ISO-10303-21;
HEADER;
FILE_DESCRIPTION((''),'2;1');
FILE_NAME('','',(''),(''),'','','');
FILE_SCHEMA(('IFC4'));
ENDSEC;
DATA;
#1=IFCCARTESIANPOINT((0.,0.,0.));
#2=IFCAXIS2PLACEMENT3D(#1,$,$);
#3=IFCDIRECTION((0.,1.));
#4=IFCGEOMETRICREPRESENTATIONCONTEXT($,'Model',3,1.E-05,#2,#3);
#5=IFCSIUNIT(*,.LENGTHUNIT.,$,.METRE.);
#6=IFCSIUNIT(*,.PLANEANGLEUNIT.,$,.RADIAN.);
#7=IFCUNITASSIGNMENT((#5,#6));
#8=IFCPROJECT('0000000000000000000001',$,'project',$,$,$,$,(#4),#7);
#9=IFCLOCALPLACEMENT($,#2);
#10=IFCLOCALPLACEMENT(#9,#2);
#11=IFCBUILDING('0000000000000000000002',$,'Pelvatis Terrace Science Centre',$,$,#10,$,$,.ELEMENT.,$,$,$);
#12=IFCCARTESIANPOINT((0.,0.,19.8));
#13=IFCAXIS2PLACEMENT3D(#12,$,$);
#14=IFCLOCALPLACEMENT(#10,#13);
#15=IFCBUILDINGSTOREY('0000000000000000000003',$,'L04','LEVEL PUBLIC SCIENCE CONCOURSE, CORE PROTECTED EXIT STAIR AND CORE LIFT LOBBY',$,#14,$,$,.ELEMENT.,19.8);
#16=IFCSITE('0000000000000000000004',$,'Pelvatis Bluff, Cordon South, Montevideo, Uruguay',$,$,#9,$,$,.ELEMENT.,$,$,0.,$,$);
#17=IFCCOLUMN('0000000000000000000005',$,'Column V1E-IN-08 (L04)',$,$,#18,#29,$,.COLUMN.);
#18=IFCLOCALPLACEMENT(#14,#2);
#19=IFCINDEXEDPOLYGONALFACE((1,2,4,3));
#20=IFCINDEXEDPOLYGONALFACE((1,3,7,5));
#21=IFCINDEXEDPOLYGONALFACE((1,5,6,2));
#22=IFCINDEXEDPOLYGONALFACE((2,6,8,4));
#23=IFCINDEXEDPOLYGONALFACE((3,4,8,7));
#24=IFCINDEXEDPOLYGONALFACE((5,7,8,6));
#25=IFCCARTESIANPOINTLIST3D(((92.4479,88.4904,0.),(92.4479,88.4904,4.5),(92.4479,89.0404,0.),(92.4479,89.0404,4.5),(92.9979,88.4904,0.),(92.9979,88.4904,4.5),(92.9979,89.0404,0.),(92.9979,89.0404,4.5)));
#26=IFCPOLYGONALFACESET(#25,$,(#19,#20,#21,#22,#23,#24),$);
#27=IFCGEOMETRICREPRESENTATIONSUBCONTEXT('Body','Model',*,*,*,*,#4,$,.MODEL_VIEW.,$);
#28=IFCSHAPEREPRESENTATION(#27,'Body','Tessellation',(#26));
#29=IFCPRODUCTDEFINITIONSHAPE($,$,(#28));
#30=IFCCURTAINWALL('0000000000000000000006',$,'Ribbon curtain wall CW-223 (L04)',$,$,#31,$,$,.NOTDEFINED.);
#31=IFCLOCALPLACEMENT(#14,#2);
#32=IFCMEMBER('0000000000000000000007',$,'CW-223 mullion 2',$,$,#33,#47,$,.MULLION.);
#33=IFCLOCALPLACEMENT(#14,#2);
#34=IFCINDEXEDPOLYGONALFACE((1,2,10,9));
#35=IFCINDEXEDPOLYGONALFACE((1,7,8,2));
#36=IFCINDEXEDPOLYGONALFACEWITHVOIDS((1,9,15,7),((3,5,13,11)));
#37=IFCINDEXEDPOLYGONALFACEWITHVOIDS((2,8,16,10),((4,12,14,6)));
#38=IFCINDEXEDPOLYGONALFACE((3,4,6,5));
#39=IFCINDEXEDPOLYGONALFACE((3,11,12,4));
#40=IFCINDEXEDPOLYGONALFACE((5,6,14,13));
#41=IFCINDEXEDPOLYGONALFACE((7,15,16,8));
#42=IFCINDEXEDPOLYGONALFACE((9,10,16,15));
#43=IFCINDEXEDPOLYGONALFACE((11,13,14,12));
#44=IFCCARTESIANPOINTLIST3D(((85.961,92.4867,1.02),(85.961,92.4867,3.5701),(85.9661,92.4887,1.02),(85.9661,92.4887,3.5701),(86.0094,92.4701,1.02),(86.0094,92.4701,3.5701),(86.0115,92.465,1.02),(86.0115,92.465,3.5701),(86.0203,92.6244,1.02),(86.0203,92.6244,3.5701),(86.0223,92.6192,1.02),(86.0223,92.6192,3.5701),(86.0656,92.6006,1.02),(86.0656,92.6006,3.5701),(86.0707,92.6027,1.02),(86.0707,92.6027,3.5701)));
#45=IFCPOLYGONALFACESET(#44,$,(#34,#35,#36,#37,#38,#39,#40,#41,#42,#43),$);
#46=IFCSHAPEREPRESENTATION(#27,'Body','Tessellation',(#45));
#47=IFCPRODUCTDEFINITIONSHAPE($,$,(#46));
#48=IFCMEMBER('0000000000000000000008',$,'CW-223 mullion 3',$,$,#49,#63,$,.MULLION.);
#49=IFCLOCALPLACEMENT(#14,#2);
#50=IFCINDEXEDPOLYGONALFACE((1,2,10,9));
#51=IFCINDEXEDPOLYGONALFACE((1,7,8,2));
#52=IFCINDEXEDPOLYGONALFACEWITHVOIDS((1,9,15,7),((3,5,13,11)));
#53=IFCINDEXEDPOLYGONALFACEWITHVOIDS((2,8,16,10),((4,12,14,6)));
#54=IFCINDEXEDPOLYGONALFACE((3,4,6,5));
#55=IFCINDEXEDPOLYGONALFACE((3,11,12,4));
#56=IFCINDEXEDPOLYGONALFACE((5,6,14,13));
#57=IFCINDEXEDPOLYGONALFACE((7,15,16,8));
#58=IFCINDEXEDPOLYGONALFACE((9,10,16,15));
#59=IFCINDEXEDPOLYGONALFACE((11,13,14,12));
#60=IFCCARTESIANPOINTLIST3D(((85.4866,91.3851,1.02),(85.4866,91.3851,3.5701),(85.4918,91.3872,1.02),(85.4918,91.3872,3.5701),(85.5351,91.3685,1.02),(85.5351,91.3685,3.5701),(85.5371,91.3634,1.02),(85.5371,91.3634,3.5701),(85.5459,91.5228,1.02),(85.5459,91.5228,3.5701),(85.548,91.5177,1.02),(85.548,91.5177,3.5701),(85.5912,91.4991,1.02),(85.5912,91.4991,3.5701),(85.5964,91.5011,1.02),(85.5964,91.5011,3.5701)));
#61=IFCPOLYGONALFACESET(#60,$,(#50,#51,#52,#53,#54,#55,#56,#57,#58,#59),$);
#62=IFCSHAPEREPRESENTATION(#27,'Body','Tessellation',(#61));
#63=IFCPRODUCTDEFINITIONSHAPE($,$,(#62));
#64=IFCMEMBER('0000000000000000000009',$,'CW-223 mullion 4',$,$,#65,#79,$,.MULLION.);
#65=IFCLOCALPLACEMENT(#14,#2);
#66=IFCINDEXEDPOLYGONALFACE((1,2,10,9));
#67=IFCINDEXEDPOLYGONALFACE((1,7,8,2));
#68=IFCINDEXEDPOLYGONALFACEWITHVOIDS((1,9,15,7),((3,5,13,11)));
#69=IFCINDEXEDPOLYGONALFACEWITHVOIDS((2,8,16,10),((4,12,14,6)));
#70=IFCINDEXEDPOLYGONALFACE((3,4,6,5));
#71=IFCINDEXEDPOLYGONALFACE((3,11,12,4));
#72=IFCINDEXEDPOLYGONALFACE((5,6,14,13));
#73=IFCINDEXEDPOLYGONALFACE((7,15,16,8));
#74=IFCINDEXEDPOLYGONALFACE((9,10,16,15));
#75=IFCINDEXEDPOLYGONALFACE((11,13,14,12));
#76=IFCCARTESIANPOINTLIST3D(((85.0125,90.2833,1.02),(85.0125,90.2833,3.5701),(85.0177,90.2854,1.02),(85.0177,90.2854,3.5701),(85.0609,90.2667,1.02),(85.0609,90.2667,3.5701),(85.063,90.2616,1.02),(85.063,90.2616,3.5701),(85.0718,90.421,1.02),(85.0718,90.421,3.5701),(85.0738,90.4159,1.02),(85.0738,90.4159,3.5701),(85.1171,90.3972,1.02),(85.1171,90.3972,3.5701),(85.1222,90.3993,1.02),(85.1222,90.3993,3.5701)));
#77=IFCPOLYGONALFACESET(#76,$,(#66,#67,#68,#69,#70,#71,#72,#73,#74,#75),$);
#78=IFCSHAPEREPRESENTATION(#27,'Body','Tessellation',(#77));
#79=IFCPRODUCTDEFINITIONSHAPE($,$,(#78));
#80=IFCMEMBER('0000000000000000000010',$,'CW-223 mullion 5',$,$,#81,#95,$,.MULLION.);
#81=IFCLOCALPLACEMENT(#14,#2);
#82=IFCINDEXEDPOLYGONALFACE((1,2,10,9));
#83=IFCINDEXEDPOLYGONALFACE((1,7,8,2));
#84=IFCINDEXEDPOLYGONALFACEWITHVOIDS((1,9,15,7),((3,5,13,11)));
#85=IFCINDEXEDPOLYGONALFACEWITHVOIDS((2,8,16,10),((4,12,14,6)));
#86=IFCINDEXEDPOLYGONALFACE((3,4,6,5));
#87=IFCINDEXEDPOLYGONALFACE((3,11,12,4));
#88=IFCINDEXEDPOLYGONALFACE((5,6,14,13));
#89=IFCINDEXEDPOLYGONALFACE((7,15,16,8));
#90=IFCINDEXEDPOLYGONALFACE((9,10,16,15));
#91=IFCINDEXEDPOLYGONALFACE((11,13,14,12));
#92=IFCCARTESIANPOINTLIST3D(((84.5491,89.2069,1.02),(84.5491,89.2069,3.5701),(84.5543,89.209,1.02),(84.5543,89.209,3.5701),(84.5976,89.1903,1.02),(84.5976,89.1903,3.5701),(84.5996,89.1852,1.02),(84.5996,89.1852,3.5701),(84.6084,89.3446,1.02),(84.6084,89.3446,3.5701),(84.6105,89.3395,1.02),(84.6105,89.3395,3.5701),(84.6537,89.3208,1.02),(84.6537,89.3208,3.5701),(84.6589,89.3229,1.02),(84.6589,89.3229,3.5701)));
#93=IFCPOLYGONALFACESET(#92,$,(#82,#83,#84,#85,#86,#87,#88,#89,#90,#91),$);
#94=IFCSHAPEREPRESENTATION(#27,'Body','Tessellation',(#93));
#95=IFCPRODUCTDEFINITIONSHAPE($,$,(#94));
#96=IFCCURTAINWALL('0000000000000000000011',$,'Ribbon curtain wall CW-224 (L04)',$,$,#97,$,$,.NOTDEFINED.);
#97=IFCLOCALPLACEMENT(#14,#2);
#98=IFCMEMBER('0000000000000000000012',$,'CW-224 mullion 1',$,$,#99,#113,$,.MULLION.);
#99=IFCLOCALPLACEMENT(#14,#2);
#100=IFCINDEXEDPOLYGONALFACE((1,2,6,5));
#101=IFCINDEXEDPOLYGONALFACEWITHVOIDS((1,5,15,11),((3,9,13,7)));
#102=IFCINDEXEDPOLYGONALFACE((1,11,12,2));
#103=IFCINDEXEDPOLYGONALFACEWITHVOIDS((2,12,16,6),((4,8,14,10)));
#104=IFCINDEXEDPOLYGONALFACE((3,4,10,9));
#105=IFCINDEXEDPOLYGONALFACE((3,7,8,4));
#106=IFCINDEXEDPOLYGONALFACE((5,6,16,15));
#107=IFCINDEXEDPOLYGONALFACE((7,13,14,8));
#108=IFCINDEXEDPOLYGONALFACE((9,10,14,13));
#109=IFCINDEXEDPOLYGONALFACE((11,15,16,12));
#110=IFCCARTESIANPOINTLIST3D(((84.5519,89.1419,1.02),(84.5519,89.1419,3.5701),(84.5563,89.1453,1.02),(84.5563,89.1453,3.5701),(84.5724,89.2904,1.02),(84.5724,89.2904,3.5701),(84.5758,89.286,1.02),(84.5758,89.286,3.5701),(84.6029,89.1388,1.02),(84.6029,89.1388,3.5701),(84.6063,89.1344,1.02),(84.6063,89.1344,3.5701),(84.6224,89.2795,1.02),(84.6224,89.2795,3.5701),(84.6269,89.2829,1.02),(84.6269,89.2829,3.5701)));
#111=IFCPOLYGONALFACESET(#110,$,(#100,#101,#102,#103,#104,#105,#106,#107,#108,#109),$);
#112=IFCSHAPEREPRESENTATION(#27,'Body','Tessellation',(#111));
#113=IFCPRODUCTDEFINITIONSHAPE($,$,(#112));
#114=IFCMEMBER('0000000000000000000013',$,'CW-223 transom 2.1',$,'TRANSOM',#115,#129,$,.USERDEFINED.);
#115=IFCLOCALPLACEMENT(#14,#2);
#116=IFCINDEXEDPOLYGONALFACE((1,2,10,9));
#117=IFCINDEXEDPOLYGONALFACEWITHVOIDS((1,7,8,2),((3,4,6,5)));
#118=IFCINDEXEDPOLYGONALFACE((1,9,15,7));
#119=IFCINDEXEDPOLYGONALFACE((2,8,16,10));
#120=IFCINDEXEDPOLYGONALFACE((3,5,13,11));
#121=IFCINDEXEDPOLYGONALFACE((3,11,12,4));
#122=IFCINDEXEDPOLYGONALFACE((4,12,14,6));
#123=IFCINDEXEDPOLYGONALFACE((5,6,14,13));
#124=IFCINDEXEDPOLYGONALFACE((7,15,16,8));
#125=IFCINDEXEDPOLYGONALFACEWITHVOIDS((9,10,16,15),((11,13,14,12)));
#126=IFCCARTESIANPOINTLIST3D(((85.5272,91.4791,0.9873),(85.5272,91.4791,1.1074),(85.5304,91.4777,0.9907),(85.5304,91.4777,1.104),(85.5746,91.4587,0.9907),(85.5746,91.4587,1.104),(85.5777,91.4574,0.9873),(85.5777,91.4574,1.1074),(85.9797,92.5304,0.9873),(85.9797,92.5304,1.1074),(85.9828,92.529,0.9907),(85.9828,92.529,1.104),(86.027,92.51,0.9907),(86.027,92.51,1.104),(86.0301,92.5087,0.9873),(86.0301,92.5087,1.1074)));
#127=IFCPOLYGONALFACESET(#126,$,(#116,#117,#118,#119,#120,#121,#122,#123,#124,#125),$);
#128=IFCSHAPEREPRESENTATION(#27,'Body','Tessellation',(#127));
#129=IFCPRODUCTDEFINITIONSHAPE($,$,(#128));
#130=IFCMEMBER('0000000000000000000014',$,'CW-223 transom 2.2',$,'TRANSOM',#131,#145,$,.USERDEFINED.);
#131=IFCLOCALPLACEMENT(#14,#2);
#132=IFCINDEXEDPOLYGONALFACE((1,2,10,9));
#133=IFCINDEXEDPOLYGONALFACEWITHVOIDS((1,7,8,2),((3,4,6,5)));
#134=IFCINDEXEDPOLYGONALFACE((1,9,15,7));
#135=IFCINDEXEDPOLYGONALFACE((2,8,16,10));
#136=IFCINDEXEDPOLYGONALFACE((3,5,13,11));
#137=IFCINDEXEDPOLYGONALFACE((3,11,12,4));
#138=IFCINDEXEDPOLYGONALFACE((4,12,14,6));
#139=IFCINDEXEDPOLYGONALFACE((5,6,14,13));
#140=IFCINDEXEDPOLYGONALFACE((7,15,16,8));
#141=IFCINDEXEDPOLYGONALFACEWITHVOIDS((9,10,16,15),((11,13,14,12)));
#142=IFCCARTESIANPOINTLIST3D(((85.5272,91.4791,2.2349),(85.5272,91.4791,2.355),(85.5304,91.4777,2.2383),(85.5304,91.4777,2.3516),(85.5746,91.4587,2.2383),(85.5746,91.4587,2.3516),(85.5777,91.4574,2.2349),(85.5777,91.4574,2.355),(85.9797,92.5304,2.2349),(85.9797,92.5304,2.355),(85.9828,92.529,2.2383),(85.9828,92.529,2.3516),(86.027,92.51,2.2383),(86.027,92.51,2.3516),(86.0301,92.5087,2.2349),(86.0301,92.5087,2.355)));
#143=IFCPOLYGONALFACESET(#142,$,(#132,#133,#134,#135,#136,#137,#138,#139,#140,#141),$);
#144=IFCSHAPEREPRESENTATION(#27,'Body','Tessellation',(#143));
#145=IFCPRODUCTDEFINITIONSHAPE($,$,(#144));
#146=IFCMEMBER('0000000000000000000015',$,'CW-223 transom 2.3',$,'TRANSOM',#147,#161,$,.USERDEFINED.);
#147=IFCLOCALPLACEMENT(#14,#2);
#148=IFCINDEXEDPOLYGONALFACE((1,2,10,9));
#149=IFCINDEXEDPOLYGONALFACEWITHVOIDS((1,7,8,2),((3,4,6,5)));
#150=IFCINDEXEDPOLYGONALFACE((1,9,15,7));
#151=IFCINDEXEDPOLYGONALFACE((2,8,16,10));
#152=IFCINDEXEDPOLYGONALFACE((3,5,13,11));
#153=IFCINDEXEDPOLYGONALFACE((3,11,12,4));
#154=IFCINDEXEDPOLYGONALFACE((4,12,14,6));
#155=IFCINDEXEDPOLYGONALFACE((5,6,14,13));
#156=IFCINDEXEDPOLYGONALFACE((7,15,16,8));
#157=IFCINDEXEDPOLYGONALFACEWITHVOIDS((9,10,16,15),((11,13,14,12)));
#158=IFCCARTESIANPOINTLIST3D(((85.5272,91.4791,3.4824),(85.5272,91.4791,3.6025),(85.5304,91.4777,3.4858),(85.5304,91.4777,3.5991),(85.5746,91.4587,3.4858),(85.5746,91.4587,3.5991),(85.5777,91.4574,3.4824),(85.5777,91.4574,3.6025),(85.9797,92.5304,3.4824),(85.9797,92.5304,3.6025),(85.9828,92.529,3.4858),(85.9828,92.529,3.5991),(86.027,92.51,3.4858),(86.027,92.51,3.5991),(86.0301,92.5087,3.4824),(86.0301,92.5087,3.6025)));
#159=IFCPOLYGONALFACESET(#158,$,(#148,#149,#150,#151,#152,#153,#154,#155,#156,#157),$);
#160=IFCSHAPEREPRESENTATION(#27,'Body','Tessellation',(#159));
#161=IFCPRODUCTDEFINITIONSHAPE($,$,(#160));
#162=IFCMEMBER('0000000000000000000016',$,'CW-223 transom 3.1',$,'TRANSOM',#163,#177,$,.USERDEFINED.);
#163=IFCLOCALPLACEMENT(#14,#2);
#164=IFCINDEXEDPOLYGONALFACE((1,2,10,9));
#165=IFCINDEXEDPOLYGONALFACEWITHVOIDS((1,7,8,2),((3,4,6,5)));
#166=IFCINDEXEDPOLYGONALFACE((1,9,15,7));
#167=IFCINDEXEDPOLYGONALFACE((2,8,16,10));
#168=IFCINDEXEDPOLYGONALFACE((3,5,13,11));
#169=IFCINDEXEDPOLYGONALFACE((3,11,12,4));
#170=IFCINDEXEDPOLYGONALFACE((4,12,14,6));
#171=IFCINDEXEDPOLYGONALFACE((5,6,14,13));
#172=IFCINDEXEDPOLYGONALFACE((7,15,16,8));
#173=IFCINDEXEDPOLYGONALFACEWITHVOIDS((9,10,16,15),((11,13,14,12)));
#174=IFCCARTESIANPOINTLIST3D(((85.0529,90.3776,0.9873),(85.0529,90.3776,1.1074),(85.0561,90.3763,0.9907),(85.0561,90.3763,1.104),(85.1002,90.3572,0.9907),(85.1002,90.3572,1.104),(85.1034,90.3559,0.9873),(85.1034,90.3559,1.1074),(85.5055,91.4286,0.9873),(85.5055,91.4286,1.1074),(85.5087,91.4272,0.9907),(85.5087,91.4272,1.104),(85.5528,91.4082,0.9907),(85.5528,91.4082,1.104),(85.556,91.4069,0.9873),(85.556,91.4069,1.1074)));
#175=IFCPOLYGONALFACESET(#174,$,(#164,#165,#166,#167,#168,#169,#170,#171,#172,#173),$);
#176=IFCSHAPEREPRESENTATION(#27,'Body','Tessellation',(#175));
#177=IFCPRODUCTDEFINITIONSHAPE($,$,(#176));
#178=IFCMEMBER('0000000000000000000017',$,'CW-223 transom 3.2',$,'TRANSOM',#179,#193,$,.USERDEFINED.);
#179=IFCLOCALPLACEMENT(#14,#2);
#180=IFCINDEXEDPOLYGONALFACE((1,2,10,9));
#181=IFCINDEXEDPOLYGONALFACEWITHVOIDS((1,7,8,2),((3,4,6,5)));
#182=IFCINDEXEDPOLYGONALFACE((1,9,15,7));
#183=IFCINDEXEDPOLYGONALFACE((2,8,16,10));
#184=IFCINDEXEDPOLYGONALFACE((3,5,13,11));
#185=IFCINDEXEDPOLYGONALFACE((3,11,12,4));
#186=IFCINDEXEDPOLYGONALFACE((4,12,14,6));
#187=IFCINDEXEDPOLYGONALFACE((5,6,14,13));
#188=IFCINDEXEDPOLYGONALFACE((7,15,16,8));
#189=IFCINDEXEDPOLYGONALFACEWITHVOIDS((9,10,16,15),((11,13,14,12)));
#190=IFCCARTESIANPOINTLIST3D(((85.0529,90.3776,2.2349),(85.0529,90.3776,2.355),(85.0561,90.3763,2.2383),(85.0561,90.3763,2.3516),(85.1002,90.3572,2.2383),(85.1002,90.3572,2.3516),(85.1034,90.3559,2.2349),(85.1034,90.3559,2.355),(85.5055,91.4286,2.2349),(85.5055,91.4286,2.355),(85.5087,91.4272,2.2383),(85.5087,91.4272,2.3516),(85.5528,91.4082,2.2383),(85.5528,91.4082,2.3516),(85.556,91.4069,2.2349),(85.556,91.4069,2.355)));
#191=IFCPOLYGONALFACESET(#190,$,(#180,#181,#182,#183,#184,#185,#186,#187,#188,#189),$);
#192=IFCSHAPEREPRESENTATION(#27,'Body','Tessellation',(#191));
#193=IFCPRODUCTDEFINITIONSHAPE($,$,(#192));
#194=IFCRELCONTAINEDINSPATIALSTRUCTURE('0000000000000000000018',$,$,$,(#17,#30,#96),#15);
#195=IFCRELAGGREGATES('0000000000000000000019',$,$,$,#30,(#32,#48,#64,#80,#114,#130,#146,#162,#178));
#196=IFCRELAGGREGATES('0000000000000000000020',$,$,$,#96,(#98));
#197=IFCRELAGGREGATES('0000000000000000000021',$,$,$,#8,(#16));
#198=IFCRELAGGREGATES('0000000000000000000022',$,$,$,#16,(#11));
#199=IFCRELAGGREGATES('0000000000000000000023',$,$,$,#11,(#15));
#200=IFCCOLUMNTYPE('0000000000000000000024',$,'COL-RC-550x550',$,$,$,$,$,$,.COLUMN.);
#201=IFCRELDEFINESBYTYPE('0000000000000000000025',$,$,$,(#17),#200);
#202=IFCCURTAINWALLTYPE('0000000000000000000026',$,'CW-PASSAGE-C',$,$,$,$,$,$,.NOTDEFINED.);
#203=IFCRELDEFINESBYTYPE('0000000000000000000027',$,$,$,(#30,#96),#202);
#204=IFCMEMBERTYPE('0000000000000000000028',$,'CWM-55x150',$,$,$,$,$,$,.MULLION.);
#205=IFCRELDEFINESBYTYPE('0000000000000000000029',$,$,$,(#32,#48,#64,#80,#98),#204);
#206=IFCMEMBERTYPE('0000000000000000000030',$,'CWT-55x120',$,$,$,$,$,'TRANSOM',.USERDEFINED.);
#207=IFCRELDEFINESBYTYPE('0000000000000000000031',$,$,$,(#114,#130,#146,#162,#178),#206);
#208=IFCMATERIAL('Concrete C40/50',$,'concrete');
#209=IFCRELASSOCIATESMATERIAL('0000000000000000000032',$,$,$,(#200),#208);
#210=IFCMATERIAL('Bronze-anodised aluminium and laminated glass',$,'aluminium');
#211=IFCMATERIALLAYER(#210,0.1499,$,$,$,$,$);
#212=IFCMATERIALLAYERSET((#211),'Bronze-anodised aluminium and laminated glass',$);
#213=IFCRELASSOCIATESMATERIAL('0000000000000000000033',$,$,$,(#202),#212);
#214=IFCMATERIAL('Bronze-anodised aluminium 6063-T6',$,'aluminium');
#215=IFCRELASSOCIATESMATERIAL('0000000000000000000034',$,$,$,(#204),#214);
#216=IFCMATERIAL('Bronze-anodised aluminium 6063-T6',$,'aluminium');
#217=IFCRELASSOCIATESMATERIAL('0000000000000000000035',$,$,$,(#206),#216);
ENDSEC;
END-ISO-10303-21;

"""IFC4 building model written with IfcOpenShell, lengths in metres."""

from ifc_helpers import new_model, si_unit, direction, frame, origin, origin_2d, place, context, subcontext, project, spatial, rectangle, hollow_rectangle, extrude, material, layer, layer_set, material_profile, profile_set, type_object, element, aggregate, save


model = new_model("IFC4")

# Units and contexts
model_context = context("Model", 3, precision=1e-05, world=origin(), true_north=direction((0.0, 1.0)))
body_context = subcontext(model_context, "Body", "Model", "MODEL_VIEW")
ifc_project = project(units=[si_unit("LENGTHUNIT", "METRE"), si_unit("PLANEANGLEUNIT", "RADIAN")], contexts=[model_context])

# Site, building, storey
site_placement = place(None, origin())
site = spatial("IfcSite", under=ifc_project, at=site_placement, Name="Pelvatis Bluff, Cordon South, Montevideo, Uruguay", CompositionType="ELEMENT", RefElevation=0.0)
building_placement = place(site_placement, origin())
building = spatial("IfcBuilding", under=site, at=building_placement, Name="Pelvatis Terrace Science Centre", CompositionType="ELEMENT")
storey_placement = place(building_placement, frame((0.0, 0.0, 19.8)))
storey = spatial("IfcBuildingStorey", under=building, at=storey_placement, Name="L04", Description="LEVEL PUBLIC SCIENCE CONCOURSE, CORE PROTECTED EXIT STAIR AND CORE LIFT LOBBY", CompositionType="ELEMENT", Elevation=19.8)

# Column
ifc_material_1 = material(Name="Concrete C40/50", Category="concrete")
ifc_material_profile_1 = material_profile(ifc_material_1, rectangle(XDim=0.55, YDim=0.55, at=origin_2d()), Name="RC-COL 550x550")
ifc_profile_set_1 = profile_set([ifc_material_profile_1], Name="Concrete C40/50")
column_type = type_object("IfcColumnType", Name="COL-RC-550x550", PredefinedType="COLUMN", material=ifc_profile_set_1)
column_placement = place(storey_placement, frame((92.7229, 88.7654, 0.0), z_axis=(0.0, 0.0, 1.0), x_axis=(1.0, 0.0, 0.0)))
element("IfcColumn", 1, at=column_placement, inside=storey, type_object=column_type, Name="Column V1E-IN-08 (L04)", PredefinedType="COLUMN", context=body_context, shape_type="SweptSolid", body=[
    extrude(rectangle(XDim=0.55, YDim=0.55, at=origin_2d()), origin(), (0.0, 0.0, 1.0), 4.5),
])

# Curtain wall, members
ifc_material_2 = material(Name="Bronze-anodised aluminium and laminated glass", Category="aluminium")
ifc_layer_1 = layer(ifc_material_2, 0.1499)
ifc_layer_set_1 = layer_set([ifc_layer_1], Name="Bronze-anodised aluminium and laminated glass")
curtain_wall_type = type_object("IfcCurtainWallType", Name="CW-PASSAGE-C", PredefinedType="NOTDEFINED", material=ifc_layer_set_1)
curtain_wall_1_placement = place(storey_placement, origin())
curtain_wall_1 = element("IfcCurtainWall", 2, at=curtain_wall_1_placement, inside=storey, type_object=curtain_wall_type, Name="Ribbon curtain wall CW-223 (L04)", PredefinedType="NOTDEFINED")
ifc_material_3 = material(Name="Bronze-anodised aluminium 6063-T6", Category="aluminium")
ifc_material_profile_2 = material_profile(ifc_material_3, hollow_rectangle(XDim=0.0549, YDim=0.1499, WallThickness=0.0039, at=origin_2d()), Name="ALU-MUL 55x150")
ifc_profile_set_2 = profile_set([ifc_material_profile_2], Name="Bronze-anodised aluminium 6063-T6")
member_type_1 = type_object("IfcMemberType", Name="CWM-55x150", PredefinedType="MULLION", material=ifc_profile_set_2)
member_1_placement = place(storey_placement, frame((86.0159, 92.5447, 1.02), z_axis=(0.0, 0.0, 1.0), x_axis=(0.918515, -0.395385, 0.0)))
member_1 = element("IfcMember", 3, at=member_1_placement, type_object=member_type_1, Name="CW-223 mullion 2", PredefinedType="MULLION", context=body_context, shape_type="SweptSolid", body=[
    extrude(hollow_rectangle(XDim=0.0549, YDim=0.1499, WallThickness=0.0039, at=origin_2d()), origin(), (0.0, 0.0, 1.0), 2.55),
])
member_2_placement = place(storey_placement, frame((85.5415, 91.4431, 1.02), z_axis=(0.0, 0.0, 1.0), x_axis=(0.918515, -0.395385, 0.0)))
member_2 = element("IfcMember", 4, at=member_2_placement, type_object=member_type_1, Name="CW-223 mullion 3", PredefinedType="MULLION", context=body_context, shape_type="SweptSolid", body=[
    extrude(hollow_rectangle(XDim=0.0549, YDim=0.1499, WallThickness=0.0039, at=origin_2d()), origin(), (0.0, 0.0, 1.0), 2.55),
])
member_3_placement = place(storey_placement, frame((85.0674, 90.3413, 1.02), z_axis=(0.0, 0.0, 1.0), x_axis=(0.918515, -0.395385, 0.0)))
member_3 = element("IfcMember", 5, at=member_3_placement, type_object=member_type_1, Name="CW-223 mullion 4", PredefinedType="MULLION", context=body_context, shape_type="SweptSolid", body=[
    extrude(hollow_rectangle(XDim=0.0549, YDim=0.1499, WallThickness=0.0039, at=origin_2d()), origin(), (0.0, 0.0, 1.0), 2.55),
])
member_4_placement = place(storey_placement, frame((84.604, 89.2649, 1.02), z_axis=(0.0, 0.0, 1.0), x_axis=(0.918515, -0.395385, 0.0)))
member_4 = element("IfcMember", 6, at=member_4_placement, type_object=member_type_1, Name="CW-223 mullion 5", PredefinedType="MULLION", context=body_context, shape_type="SweptSolid", body=[
    extrude(hollow_rectangle(XDim=0.0549, YDim=0.1499, WallThickness=0.0039, at=origin_2d()), origin(), (0.0, 0.0, 1.0), 2.55),
])

# Curtain wall, member
curtain_wall_2_placement = place(storey_placement, origin())
curtain_wall_2 = element("IfcCurtainWall", 7, at=curtain_wall_2_placement, inside=storey, type_object=curtain_wall_type, Name="Ribbon curtain wall CW-224 (L04)", PredefinedType="NOTDEFINED")
member_5_placement = place(storey_placement, frame((84.5894, 89.2124, 1.02), z_axis=(0.0, 0.0, 1.0), x_axis=(0.99053, -0.137298, 0.0)))
member_5 = element("IfcMember", 8, at=member_5_placement, type_object=member_type_1, Name="CW-224 mullion 1", PredefinedType="MULLION", context=body_context, shape_type="SweptSolid", body=[
    extrude(hollow_rectangle(XDim=0.0549, YDim=0.1499, WallThickness=0.0039, at=origin_2d()), origin(), (0.0, 0.0, 1.0), 2.55),
])

# Members
ifc_material_4 = material(Name="Bronze-anodised aluminium 6063-T6", Category="aluminium")
ifc_material_profile_3 = material_profile(ifc_material_4, hollow_rectangle(XDim=0.0549, YDim=0.1201, WallThickness=0.0034, at=origin_2d()), Name="ALU-TRN 55x120")
ifc_profile_set_3 = profile_set([ifc_material_profile_3], Name="Bronze-anodised aluminium 6063-T6")
member_type_2 = type_object("IfcMemberType", Name="CWT-55x120", ElementType="TRANSOM", PredefinedType="USERDEFINED", material=ifc_profile_set_3)
member_6_placement = place(storey_placement, frame((86.0049, 92.5195, 1.0474), z_axis=(-0.395283, -0.918559, 0.0), x_axis=(0.918559, -0.395283, 0.0)))
member_6 = element("IfcMember", 9, at=member_6_placement, type_object=member_type_2, Name="CW-223 transom 2.1", ObjectType="TRANSOM", PredefinedType="USERDEFINED", context=body_context, shape_type="SweptSolid", body=[
    extrude(hollow_rectangle(XDim=0.0549, YDim=0.1201, WallThickness=0.0034, at=origin_2d()), origin(), (0.0, 0.0, 1.0), 1.1445),
])
member_7_placement = place(storey_placement, frame((86.0049, 92.5195, 2.2949), z_axis=(-0.395283, -0.918559, 0.0), x_axis=(0.918559, -0.395283, 0.0)))
member_7 = element("IfcMember", 10, at=member_7_placement, type_object=member_type_2, Name="CW-223 transom 2.2", ObjectType="TRANSOM", PredefinedType="USERDEFINED", context=body_context, shape_type="SweptSolid", body=[
    extrude(hollow_rectangle(XDim=0.0549, YDim=0.1201, WallThickness=0.0034, at=origin_2d()), origin(), (0.0, 0.0, 1.0), 1.1445),
])
member_8_placement = place(storey_placement, frame((86.0049, 92.5195, 3.5425), z_axis=(-0.395283, -0.918559, 0.0), x_axis=(0.918559, -0.395283, 0.0)))
member_8 = element("IfcMember", 11, at=member_8_placement, type_object=member_type_2, Name="CW-223 transom 2.3", ObjectType="TRANSOM", PredefinedType="USERDEFINED", context=body_context, shape_type="SweptSolid", body=[
    extrude(hollow_rectangle(XDim=0.0549, YDim=0.1201, WallThickness=0.0034, at=origin_2d()), origin(), (0.0, 0.0, 1.0), 1.1445),
])
member_9_placement = place(storey_placement, frame((85.5308, 91.4177, 1.0474), z_axis=(-0.395541, -0.918448, 0.0), x_axis=(0.918448, -0.395541, 0.0)))
member_9 = element("IfcMember", 12, at=member_9_placement, type_object=member_type_2, Name="CW-223 transom 3.1", ObjectType="TRANSOM", PredefinedType="USERDEFINED", context=body_context, shape_type="SweptSolid", body=[
    extrude(hollow_rectangle(XDim=0.0549, YDim=0.1201, WallThickness=0.0034, at=origin_2d()), origin(), (0.0, 0.0, 1.0), 1.1443),
])
member_10_placement = place(storey_placement, frame((85.5308, 91.4177, 2.2949), z_axis=(-0.395541, -0.918448, 0.0), x_axis=(0.918448, -0.395541, 0.0)))
member_10 = element("IfcMember", 13, at=member_10_placement, type_object=member_type_2, Name="CW-223 transom 3.2", ObjectType="TRANSOM", PredefinedType="USERDEFINED", context=body_context, shape_type="SweptSolid", body=[
    extrude(hollow_rectangle(XDim=0.0549, YDim=0.1201, WallThickness=0.0034, at=origin_2d()), origin(), (0.0, 0.0, 1.0), 1.1443),
])

aggregate(curtain_wall_1, [member_1, member_2, member_3, member_4, member_6, member_7, member_8, member_9, member_10])
aggregate(curtain_wall_2, [member_5])

save(model, "model.ifc")
